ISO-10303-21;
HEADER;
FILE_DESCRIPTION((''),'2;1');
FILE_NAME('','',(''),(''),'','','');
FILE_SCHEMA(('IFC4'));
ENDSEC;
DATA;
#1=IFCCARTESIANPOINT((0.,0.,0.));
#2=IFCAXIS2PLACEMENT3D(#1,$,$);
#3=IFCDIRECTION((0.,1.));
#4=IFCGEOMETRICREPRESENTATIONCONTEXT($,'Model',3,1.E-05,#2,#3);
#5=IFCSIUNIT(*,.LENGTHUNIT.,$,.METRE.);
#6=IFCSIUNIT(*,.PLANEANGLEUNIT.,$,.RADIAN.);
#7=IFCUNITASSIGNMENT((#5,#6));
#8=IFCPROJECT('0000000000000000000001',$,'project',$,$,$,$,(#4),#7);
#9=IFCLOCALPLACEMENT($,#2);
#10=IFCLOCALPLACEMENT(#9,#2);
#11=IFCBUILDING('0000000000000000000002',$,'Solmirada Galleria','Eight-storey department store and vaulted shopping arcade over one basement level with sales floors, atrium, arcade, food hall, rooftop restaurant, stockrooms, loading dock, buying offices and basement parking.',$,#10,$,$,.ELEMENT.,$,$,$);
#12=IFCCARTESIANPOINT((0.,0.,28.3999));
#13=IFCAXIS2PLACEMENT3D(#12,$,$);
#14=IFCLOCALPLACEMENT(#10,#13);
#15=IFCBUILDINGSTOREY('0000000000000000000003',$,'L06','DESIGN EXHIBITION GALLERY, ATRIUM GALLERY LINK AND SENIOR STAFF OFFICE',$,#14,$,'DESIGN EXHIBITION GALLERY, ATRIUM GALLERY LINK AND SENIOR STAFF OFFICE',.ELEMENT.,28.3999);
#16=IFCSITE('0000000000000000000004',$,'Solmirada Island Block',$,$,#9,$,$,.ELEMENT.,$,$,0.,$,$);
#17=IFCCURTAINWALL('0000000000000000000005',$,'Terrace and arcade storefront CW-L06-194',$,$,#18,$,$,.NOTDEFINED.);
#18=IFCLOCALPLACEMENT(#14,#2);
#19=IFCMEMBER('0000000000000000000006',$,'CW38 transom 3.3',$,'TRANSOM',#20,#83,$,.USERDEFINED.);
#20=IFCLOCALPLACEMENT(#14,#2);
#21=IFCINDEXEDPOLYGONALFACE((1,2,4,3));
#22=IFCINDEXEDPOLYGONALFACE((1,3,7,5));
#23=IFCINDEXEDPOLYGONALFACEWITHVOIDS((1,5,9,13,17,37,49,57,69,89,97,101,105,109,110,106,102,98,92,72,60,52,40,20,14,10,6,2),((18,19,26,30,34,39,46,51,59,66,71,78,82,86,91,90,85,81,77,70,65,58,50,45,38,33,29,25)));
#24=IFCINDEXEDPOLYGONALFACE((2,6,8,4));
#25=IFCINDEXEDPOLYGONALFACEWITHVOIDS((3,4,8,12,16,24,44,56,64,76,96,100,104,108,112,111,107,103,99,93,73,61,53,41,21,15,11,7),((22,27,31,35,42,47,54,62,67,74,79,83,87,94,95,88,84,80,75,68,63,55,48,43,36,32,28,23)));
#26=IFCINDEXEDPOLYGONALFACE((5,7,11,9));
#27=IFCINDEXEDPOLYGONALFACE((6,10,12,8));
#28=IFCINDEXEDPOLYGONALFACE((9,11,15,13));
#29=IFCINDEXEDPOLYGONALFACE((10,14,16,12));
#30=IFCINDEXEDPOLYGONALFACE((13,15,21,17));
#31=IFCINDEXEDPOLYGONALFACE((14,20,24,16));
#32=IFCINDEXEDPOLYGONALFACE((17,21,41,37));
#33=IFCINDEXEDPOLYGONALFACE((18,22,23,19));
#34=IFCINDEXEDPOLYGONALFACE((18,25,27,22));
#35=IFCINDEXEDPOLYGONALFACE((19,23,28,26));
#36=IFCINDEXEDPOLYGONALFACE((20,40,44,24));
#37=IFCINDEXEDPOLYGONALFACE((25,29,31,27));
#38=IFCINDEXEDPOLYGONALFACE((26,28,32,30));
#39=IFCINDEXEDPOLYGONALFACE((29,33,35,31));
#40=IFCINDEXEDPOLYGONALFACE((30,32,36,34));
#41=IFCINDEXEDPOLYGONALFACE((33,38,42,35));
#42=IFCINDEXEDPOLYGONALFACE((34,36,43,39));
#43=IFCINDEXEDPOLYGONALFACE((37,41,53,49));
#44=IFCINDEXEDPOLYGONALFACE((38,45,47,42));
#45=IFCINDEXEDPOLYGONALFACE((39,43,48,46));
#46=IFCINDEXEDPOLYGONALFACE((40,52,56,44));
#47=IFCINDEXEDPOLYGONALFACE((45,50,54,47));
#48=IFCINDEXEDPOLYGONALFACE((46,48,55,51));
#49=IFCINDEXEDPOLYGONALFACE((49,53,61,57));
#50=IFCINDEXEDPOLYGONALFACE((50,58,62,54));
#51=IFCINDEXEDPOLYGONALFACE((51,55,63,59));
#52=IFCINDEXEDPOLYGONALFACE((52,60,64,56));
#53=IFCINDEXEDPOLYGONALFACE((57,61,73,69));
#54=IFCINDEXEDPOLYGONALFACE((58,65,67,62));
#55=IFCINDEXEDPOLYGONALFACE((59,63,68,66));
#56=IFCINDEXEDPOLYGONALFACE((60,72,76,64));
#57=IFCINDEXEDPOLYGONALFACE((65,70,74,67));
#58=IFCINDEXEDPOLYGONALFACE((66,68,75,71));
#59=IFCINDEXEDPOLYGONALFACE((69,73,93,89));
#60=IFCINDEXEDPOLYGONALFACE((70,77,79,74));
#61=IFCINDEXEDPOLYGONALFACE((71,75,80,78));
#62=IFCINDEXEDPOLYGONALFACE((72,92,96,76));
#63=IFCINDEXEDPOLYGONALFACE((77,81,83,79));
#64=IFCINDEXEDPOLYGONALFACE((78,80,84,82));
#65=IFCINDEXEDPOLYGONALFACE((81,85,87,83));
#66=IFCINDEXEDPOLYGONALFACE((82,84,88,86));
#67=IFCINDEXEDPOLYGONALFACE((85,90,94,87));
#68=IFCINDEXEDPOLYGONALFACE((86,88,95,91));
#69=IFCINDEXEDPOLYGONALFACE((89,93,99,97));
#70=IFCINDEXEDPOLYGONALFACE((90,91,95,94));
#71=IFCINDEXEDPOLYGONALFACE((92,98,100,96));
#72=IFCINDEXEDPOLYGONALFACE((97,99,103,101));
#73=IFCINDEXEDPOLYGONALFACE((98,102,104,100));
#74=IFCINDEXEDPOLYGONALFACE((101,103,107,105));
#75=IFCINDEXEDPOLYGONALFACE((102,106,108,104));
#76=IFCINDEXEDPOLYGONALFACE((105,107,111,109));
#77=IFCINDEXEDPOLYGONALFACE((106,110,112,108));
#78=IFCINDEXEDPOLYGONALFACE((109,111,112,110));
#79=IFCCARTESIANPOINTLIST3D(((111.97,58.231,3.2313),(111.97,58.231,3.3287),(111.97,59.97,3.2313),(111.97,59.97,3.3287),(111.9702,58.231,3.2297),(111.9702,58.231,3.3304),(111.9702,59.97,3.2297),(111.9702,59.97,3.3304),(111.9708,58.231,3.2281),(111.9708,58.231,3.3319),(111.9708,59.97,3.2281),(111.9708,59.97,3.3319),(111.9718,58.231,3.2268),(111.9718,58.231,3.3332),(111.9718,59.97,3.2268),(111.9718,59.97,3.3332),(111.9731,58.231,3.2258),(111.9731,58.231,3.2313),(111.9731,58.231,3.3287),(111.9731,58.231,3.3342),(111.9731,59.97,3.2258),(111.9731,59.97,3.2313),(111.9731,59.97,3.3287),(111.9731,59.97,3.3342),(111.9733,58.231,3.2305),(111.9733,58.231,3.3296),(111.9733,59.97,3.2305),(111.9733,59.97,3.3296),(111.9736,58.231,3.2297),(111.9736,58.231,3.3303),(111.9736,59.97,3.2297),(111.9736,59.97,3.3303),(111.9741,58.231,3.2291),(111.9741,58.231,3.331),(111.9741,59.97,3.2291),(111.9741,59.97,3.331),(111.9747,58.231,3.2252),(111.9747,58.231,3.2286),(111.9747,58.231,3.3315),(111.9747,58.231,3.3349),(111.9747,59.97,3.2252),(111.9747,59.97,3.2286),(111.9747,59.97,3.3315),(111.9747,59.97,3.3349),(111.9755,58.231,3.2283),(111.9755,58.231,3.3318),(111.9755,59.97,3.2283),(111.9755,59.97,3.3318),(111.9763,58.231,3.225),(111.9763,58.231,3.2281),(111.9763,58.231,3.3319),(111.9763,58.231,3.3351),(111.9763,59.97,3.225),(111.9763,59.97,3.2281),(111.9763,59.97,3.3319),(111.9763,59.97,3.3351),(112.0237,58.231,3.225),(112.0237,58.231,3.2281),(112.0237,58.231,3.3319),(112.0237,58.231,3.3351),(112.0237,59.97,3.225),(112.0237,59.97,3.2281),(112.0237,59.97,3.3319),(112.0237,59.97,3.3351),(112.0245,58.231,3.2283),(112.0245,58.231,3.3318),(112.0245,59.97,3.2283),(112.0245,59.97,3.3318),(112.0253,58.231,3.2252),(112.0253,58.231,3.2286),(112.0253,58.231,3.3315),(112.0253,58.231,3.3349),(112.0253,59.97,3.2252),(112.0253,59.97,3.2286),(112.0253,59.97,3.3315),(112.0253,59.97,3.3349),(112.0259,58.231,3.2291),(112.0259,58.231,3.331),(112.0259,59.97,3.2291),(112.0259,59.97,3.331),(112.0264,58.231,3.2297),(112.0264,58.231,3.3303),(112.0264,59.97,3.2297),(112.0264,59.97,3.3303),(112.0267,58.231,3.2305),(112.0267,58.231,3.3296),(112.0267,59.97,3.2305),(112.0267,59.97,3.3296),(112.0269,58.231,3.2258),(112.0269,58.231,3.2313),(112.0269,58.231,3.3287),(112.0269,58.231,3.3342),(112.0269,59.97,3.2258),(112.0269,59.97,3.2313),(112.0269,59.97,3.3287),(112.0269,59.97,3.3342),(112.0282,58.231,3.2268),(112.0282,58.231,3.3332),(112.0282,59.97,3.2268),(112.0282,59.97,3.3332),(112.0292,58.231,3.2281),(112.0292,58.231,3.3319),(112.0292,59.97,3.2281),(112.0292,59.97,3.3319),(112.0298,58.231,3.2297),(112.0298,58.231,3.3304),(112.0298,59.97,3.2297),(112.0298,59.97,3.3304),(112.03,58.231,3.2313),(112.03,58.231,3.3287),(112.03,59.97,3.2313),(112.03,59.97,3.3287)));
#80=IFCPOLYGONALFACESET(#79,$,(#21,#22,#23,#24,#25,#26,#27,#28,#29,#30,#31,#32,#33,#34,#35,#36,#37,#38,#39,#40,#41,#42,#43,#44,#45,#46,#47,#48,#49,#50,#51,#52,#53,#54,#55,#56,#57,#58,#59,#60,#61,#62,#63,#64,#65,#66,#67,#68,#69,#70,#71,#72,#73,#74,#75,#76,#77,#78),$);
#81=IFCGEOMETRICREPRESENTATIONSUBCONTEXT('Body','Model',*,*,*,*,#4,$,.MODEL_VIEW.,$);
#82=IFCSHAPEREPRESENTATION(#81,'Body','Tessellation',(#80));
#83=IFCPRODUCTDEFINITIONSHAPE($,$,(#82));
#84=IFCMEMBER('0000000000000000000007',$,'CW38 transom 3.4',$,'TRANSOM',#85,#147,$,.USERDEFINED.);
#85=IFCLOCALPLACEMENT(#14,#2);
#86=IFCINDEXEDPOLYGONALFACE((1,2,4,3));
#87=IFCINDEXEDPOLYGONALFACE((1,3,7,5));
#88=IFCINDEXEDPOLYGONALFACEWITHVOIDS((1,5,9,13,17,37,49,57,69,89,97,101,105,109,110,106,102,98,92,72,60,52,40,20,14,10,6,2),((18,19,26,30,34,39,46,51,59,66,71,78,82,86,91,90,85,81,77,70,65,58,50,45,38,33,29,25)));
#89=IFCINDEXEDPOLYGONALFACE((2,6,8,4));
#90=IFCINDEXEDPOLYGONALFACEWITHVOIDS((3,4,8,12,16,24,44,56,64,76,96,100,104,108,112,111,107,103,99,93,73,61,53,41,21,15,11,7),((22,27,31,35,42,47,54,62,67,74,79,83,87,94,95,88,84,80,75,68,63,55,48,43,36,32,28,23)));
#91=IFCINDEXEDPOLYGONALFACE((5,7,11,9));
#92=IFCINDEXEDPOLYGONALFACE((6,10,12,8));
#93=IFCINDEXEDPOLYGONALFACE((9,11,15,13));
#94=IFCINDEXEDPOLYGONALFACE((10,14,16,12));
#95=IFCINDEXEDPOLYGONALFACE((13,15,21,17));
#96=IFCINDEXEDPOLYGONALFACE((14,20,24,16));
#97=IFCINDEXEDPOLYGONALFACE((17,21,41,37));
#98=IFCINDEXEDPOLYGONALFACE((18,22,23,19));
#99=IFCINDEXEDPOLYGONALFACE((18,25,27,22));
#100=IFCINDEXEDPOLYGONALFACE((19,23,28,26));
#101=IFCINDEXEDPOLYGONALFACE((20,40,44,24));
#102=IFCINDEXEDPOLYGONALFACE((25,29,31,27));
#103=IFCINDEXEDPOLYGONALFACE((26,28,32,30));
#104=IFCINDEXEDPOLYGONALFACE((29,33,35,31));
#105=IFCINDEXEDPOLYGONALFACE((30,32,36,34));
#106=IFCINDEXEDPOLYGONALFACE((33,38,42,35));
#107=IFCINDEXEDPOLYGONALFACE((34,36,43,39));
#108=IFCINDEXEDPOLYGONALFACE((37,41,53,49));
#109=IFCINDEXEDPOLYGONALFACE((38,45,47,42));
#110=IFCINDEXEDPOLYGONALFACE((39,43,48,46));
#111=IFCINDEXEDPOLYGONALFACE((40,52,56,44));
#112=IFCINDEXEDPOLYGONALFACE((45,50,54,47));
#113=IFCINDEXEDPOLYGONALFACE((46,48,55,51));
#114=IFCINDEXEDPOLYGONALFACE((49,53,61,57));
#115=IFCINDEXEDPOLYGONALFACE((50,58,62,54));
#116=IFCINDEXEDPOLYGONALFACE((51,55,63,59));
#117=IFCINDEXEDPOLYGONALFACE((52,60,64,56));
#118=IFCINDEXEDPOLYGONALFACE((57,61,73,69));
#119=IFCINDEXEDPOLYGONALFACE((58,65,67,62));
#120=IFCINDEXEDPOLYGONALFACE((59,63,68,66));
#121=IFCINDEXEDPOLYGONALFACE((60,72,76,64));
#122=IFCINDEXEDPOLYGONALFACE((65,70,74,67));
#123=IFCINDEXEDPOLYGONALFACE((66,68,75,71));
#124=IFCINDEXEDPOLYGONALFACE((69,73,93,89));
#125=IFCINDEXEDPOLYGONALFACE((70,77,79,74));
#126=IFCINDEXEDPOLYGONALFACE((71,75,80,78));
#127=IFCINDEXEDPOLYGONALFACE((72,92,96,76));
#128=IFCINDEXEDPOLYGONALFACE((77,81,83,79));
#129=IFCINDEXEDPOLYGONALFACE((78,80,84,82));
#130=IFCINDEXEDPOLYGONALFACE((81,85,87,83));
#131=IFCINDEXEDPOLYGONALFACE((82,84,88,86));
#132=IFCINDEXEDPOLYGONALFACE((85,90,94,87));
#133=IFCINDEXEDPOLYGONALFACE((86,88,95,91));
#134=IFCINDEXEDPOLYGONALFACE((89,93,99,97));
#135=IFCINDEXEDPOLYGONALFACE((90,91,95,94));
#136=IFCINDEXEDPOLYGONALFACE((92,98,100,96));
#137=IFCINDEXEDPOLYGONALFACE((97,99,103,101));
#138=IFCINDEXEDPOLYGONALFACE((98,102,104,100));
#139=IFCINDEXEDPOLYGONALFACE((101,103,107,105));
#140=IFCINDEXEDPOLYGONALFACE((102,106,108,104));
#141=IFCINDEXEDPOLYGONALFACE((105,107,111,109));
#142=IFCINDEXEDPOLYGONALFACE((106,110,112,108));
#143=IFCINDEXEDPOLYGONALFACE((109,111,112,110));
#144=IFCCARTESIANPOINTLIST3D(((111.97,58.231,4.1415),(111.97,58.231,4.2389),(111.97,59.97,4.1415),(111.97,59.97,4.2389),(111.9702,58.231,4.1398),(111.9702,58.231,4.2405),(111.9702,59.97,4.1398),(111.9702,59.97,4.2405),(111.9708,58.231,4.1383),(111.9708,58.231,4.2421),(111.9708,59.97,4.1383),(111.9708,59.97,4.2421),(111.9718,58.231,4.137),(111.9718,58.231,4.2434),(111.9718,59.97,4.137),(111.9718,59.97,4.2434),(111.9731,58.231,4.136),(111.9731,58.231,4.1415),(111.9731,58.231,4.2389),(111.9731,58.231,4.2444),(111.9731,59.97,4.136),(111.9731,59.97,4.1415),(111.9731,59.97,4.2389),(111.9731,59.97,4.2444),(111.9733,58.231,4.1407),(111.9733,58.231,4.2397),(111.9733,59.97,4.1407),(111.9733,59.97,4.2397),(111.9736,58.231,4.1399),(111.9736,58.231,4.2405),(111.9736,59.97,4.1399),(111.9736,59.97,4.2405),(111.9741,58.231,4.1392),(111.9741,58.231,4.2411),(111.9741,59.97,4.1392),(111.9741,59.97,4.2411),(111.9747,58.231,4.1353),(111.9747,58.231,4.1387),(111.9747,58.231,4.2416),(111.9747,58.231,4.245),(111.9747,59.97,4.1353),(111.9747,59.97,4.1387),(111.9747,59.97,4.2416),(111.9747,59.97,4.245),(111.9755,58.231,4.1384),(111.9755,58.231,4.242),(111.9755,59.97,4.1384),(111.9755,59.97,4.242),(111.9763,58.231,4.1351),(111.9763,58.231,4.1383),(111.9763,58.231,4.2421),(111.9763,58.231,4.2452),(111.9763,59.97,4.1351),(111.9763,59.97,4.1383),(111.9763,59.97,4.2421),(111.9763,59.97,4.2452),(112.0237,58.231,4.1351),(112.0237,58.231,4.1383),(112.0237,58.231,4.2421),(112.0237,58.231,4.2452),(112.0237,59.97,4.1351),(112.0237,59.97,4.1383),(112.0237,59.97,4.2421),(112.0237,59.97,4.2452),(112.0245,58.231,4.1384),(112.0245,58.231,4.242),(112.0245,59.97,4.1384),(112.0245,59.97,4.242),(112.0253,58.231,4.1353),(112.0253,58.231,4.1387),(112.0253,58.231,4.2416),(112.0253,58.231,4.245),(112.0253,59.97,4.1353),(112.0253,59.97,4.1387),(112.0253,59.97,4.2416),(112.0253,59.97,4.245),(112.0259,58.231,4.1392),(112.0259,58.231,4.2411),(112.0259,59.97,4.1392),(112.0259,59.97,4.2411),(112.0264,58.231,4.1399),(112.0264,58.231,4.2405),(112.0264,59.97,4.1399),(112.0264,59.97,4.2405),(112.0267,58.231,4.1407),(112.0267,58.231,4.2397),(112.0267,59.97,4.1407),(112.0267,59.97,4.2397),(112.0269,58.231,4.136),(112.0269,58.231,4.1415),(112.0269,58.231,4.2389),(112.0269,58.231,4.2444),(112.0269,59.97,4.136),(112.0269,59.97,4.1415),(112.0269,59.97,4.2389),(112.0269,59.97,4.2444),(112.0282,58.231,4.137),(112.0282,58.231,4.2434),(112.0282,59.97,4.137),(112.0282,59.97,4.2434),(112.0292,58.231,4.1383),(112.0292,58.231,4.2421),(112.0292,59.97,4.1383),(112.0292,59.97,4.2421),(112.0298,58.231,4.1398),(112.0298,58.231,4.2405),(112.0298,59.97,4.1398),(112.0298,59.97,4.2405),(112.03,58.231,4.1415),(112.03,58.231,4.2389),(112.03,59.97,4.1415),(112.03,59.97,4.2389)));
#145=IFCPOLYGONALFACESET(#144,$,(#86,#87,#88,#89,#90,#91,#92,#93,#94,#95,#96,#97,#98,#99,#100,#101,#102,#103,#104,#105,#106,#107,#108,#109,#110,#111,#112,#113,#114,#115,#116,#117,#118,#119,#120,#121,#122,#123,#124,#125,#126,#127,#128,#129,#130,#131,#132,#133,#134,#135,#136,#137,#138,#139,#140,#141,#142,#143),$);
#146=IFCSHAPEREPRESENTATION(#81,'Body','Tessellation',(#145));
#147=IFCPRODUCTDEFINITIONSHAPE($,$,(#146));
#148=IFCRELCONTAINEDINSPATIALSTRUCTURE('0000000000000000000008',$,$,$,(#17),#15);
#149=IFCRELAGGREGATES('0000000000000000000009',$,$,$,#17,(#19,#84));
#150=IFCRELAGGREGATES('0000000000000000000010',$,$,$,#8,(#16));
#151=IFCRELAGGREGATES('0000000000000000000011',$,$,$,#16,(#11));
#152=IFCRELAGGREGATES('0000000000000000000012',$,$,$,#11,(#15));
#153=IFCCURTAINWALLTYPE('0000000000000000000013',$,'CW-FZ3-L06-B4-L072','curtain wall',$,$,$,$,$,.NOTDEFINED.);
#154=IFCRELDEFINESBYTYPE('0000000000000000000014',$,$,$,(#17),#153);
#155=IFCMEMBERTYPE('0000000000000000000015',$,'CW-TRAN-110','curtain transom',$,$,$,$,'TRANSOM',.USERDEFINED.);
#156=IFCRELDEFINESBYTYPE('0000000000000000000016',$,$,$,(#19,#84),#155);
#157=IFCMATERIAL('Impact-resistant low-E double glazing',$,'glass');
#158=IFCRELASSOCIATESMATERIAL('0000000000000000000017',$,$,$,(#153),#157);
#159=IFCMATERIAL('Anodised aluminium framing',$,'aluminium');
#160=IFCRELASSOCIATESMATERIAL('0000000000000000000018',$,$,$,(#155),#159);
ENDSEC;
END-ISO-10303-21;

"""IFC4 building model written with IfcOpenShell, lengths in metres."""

from ifc_helpers import new_model, si_unit, direction, frame, origin, origin_2d, place, context, subcontext, project, spatial, hollow_rectangle, extrude, material, material_profile, profile_set, type_object, element, aggregate, save


model = new_model("IFC4")

# Units and contexts
model_context = context("Model", 3, precision=1e-05, world=origin(), true_north=direction((0.0, 1.0)))
body_context = subcontext(model_context, "Body", "Model", "MODEL_VIEW")
ifc_project = project(units=[si_unit("LENGTHUNIT", "METRE"), si_unit("PLANEANGLEUNIT", "RADIAN")], contexts=[model_context])

# Site, building, storey
site_placement = place(None, origin())
site = spatial("IfcSite", under=ifc_project, at=site_placement, Name="Solmirada Island Block", CompositionType="ELEMENT", RefElevation=0.0)
building_placement = place(site_placement, origin())
building = spatial("IfcBuilding", under=site, at=building_placement, Name="Solmirada Galleria", Description="Eight-storey department store and vaulted shopping arcade over one basement level with sales floors, atrium, arcade, food hall, rooftop restaurant, stockrooms, loading dock, buying offices and basement parking.", CompositionType="ELEMENT")
storey_placement = place(building_placement, frame((0.0, 0.0, 28.3999)))
storey = spatial("IfcBuildingStorey", under=building, at=storey_placement, Name="L06", Description="DESIGN EXHIBITION GALLERY, ATRIUM GALLERY LINK AND SENIOR STAFF OFFICE", LongName="DESIGN EXHIBITION GALLERY, ATRIUM GALLERY LINK AND SENIOR STAFF OFFICE", CompositionType="ELEMENT", Elevation=28.3999)

# Curtain wall
ifc_material_1 = material(Name="Impact-resistant low-E double glazing", Category="glass")
curtain_wall_type = type_object("IfcCurtainWallType", Name="CW-FZ3-L06-B4-L072", Description="curtain wall", PredefinedType="NOTDEFINED", material=ifc_material_1)
curtain_wall_1_placement = place(storey_placement, origin())
curtain_wall_1 = element("IfcCurtainWall", 1, at=curtain_wall_1_placement, inside=storey, type_object=curtain_wall_type, Name="Terrace and arcade storefront CW-L06-194", PredefinedType="NOTDEFINED")
ifc_material_2 = material(Name="Anodised aluminium framing", Category="aluminium")

# Members
ifc_material_profile_1 = material_profile(ifc_material_2, hollow_rectangle(XDim=0.0601, YDim=0.1101, WallThickness=0.0032, InnerFilletRadius=0.0032, OuterFilletRadius=0.0063, at=origin_2d()), Name="ALU-TRAN-110X60")
ifc_profile_set_1 = profile_set([ifc_material_profile_1], Name="Anodised aluminium framing")
member_type_1 = type_object("IfcMemberType", Name="CW-TRAN-110", Description="curtain transom", ElementType="TRANSOM", PredefinedType="USERDEFINED", material=ifc_profile_set_1)
member_1_placement = place(storey_placement, frame((112.0, 59.97, 3.28), z_axis=(0.0, -1.0, 0.0), x_axis=(1.0, 0.0, 0.0)))
member_1 = element("IfcMember", 2, at=member_1_placement, type_object=member_type_1, Name="CW38 transom 3.3", ObjectType="TRANSOM", PredefinedType="USERDEFINED", context=body_context, shape_type="SweptSolid", body=[
    extrude(hollow_rectangle(XDim=0.0601, YDim=0.1101, WallThickness=0.0032, InnerFilletRadius=0.0032, OuterFilletRadius=0.0063, at=origin_2d()), origin(), (0.0, 0.0, 1.0), 1.739),
])
member_2_placement = place(storey_placement, frame((112.0, 59.97, 4.1902), z_axis=(0.0, -1.0, 0.0), x_axis=(1.0, 0.0, 0.0)))
member_2 = element("IfcMember", 3, at=member_2_placement, type_object=member_type_1, Name="CW38 transom 3.4", ObjectType="TRANSOM", PredefinedType="USERDEFINED", context=body_context, shape_type="SweptSolid", body=[
    extrude(hollow_rectangle(XDim=0.0601, YDim=0.1101, WallThickness=0.0032, InnerFilletRadius=0.0032, OuterFilletRadius=0.0063, at=origin_2d()), origin(), (0.0, 0.0, 1.0), 1.739),
])

aggregate(curtain_wall_1, [member_1, member_2])

save(model, "model.ifc")
